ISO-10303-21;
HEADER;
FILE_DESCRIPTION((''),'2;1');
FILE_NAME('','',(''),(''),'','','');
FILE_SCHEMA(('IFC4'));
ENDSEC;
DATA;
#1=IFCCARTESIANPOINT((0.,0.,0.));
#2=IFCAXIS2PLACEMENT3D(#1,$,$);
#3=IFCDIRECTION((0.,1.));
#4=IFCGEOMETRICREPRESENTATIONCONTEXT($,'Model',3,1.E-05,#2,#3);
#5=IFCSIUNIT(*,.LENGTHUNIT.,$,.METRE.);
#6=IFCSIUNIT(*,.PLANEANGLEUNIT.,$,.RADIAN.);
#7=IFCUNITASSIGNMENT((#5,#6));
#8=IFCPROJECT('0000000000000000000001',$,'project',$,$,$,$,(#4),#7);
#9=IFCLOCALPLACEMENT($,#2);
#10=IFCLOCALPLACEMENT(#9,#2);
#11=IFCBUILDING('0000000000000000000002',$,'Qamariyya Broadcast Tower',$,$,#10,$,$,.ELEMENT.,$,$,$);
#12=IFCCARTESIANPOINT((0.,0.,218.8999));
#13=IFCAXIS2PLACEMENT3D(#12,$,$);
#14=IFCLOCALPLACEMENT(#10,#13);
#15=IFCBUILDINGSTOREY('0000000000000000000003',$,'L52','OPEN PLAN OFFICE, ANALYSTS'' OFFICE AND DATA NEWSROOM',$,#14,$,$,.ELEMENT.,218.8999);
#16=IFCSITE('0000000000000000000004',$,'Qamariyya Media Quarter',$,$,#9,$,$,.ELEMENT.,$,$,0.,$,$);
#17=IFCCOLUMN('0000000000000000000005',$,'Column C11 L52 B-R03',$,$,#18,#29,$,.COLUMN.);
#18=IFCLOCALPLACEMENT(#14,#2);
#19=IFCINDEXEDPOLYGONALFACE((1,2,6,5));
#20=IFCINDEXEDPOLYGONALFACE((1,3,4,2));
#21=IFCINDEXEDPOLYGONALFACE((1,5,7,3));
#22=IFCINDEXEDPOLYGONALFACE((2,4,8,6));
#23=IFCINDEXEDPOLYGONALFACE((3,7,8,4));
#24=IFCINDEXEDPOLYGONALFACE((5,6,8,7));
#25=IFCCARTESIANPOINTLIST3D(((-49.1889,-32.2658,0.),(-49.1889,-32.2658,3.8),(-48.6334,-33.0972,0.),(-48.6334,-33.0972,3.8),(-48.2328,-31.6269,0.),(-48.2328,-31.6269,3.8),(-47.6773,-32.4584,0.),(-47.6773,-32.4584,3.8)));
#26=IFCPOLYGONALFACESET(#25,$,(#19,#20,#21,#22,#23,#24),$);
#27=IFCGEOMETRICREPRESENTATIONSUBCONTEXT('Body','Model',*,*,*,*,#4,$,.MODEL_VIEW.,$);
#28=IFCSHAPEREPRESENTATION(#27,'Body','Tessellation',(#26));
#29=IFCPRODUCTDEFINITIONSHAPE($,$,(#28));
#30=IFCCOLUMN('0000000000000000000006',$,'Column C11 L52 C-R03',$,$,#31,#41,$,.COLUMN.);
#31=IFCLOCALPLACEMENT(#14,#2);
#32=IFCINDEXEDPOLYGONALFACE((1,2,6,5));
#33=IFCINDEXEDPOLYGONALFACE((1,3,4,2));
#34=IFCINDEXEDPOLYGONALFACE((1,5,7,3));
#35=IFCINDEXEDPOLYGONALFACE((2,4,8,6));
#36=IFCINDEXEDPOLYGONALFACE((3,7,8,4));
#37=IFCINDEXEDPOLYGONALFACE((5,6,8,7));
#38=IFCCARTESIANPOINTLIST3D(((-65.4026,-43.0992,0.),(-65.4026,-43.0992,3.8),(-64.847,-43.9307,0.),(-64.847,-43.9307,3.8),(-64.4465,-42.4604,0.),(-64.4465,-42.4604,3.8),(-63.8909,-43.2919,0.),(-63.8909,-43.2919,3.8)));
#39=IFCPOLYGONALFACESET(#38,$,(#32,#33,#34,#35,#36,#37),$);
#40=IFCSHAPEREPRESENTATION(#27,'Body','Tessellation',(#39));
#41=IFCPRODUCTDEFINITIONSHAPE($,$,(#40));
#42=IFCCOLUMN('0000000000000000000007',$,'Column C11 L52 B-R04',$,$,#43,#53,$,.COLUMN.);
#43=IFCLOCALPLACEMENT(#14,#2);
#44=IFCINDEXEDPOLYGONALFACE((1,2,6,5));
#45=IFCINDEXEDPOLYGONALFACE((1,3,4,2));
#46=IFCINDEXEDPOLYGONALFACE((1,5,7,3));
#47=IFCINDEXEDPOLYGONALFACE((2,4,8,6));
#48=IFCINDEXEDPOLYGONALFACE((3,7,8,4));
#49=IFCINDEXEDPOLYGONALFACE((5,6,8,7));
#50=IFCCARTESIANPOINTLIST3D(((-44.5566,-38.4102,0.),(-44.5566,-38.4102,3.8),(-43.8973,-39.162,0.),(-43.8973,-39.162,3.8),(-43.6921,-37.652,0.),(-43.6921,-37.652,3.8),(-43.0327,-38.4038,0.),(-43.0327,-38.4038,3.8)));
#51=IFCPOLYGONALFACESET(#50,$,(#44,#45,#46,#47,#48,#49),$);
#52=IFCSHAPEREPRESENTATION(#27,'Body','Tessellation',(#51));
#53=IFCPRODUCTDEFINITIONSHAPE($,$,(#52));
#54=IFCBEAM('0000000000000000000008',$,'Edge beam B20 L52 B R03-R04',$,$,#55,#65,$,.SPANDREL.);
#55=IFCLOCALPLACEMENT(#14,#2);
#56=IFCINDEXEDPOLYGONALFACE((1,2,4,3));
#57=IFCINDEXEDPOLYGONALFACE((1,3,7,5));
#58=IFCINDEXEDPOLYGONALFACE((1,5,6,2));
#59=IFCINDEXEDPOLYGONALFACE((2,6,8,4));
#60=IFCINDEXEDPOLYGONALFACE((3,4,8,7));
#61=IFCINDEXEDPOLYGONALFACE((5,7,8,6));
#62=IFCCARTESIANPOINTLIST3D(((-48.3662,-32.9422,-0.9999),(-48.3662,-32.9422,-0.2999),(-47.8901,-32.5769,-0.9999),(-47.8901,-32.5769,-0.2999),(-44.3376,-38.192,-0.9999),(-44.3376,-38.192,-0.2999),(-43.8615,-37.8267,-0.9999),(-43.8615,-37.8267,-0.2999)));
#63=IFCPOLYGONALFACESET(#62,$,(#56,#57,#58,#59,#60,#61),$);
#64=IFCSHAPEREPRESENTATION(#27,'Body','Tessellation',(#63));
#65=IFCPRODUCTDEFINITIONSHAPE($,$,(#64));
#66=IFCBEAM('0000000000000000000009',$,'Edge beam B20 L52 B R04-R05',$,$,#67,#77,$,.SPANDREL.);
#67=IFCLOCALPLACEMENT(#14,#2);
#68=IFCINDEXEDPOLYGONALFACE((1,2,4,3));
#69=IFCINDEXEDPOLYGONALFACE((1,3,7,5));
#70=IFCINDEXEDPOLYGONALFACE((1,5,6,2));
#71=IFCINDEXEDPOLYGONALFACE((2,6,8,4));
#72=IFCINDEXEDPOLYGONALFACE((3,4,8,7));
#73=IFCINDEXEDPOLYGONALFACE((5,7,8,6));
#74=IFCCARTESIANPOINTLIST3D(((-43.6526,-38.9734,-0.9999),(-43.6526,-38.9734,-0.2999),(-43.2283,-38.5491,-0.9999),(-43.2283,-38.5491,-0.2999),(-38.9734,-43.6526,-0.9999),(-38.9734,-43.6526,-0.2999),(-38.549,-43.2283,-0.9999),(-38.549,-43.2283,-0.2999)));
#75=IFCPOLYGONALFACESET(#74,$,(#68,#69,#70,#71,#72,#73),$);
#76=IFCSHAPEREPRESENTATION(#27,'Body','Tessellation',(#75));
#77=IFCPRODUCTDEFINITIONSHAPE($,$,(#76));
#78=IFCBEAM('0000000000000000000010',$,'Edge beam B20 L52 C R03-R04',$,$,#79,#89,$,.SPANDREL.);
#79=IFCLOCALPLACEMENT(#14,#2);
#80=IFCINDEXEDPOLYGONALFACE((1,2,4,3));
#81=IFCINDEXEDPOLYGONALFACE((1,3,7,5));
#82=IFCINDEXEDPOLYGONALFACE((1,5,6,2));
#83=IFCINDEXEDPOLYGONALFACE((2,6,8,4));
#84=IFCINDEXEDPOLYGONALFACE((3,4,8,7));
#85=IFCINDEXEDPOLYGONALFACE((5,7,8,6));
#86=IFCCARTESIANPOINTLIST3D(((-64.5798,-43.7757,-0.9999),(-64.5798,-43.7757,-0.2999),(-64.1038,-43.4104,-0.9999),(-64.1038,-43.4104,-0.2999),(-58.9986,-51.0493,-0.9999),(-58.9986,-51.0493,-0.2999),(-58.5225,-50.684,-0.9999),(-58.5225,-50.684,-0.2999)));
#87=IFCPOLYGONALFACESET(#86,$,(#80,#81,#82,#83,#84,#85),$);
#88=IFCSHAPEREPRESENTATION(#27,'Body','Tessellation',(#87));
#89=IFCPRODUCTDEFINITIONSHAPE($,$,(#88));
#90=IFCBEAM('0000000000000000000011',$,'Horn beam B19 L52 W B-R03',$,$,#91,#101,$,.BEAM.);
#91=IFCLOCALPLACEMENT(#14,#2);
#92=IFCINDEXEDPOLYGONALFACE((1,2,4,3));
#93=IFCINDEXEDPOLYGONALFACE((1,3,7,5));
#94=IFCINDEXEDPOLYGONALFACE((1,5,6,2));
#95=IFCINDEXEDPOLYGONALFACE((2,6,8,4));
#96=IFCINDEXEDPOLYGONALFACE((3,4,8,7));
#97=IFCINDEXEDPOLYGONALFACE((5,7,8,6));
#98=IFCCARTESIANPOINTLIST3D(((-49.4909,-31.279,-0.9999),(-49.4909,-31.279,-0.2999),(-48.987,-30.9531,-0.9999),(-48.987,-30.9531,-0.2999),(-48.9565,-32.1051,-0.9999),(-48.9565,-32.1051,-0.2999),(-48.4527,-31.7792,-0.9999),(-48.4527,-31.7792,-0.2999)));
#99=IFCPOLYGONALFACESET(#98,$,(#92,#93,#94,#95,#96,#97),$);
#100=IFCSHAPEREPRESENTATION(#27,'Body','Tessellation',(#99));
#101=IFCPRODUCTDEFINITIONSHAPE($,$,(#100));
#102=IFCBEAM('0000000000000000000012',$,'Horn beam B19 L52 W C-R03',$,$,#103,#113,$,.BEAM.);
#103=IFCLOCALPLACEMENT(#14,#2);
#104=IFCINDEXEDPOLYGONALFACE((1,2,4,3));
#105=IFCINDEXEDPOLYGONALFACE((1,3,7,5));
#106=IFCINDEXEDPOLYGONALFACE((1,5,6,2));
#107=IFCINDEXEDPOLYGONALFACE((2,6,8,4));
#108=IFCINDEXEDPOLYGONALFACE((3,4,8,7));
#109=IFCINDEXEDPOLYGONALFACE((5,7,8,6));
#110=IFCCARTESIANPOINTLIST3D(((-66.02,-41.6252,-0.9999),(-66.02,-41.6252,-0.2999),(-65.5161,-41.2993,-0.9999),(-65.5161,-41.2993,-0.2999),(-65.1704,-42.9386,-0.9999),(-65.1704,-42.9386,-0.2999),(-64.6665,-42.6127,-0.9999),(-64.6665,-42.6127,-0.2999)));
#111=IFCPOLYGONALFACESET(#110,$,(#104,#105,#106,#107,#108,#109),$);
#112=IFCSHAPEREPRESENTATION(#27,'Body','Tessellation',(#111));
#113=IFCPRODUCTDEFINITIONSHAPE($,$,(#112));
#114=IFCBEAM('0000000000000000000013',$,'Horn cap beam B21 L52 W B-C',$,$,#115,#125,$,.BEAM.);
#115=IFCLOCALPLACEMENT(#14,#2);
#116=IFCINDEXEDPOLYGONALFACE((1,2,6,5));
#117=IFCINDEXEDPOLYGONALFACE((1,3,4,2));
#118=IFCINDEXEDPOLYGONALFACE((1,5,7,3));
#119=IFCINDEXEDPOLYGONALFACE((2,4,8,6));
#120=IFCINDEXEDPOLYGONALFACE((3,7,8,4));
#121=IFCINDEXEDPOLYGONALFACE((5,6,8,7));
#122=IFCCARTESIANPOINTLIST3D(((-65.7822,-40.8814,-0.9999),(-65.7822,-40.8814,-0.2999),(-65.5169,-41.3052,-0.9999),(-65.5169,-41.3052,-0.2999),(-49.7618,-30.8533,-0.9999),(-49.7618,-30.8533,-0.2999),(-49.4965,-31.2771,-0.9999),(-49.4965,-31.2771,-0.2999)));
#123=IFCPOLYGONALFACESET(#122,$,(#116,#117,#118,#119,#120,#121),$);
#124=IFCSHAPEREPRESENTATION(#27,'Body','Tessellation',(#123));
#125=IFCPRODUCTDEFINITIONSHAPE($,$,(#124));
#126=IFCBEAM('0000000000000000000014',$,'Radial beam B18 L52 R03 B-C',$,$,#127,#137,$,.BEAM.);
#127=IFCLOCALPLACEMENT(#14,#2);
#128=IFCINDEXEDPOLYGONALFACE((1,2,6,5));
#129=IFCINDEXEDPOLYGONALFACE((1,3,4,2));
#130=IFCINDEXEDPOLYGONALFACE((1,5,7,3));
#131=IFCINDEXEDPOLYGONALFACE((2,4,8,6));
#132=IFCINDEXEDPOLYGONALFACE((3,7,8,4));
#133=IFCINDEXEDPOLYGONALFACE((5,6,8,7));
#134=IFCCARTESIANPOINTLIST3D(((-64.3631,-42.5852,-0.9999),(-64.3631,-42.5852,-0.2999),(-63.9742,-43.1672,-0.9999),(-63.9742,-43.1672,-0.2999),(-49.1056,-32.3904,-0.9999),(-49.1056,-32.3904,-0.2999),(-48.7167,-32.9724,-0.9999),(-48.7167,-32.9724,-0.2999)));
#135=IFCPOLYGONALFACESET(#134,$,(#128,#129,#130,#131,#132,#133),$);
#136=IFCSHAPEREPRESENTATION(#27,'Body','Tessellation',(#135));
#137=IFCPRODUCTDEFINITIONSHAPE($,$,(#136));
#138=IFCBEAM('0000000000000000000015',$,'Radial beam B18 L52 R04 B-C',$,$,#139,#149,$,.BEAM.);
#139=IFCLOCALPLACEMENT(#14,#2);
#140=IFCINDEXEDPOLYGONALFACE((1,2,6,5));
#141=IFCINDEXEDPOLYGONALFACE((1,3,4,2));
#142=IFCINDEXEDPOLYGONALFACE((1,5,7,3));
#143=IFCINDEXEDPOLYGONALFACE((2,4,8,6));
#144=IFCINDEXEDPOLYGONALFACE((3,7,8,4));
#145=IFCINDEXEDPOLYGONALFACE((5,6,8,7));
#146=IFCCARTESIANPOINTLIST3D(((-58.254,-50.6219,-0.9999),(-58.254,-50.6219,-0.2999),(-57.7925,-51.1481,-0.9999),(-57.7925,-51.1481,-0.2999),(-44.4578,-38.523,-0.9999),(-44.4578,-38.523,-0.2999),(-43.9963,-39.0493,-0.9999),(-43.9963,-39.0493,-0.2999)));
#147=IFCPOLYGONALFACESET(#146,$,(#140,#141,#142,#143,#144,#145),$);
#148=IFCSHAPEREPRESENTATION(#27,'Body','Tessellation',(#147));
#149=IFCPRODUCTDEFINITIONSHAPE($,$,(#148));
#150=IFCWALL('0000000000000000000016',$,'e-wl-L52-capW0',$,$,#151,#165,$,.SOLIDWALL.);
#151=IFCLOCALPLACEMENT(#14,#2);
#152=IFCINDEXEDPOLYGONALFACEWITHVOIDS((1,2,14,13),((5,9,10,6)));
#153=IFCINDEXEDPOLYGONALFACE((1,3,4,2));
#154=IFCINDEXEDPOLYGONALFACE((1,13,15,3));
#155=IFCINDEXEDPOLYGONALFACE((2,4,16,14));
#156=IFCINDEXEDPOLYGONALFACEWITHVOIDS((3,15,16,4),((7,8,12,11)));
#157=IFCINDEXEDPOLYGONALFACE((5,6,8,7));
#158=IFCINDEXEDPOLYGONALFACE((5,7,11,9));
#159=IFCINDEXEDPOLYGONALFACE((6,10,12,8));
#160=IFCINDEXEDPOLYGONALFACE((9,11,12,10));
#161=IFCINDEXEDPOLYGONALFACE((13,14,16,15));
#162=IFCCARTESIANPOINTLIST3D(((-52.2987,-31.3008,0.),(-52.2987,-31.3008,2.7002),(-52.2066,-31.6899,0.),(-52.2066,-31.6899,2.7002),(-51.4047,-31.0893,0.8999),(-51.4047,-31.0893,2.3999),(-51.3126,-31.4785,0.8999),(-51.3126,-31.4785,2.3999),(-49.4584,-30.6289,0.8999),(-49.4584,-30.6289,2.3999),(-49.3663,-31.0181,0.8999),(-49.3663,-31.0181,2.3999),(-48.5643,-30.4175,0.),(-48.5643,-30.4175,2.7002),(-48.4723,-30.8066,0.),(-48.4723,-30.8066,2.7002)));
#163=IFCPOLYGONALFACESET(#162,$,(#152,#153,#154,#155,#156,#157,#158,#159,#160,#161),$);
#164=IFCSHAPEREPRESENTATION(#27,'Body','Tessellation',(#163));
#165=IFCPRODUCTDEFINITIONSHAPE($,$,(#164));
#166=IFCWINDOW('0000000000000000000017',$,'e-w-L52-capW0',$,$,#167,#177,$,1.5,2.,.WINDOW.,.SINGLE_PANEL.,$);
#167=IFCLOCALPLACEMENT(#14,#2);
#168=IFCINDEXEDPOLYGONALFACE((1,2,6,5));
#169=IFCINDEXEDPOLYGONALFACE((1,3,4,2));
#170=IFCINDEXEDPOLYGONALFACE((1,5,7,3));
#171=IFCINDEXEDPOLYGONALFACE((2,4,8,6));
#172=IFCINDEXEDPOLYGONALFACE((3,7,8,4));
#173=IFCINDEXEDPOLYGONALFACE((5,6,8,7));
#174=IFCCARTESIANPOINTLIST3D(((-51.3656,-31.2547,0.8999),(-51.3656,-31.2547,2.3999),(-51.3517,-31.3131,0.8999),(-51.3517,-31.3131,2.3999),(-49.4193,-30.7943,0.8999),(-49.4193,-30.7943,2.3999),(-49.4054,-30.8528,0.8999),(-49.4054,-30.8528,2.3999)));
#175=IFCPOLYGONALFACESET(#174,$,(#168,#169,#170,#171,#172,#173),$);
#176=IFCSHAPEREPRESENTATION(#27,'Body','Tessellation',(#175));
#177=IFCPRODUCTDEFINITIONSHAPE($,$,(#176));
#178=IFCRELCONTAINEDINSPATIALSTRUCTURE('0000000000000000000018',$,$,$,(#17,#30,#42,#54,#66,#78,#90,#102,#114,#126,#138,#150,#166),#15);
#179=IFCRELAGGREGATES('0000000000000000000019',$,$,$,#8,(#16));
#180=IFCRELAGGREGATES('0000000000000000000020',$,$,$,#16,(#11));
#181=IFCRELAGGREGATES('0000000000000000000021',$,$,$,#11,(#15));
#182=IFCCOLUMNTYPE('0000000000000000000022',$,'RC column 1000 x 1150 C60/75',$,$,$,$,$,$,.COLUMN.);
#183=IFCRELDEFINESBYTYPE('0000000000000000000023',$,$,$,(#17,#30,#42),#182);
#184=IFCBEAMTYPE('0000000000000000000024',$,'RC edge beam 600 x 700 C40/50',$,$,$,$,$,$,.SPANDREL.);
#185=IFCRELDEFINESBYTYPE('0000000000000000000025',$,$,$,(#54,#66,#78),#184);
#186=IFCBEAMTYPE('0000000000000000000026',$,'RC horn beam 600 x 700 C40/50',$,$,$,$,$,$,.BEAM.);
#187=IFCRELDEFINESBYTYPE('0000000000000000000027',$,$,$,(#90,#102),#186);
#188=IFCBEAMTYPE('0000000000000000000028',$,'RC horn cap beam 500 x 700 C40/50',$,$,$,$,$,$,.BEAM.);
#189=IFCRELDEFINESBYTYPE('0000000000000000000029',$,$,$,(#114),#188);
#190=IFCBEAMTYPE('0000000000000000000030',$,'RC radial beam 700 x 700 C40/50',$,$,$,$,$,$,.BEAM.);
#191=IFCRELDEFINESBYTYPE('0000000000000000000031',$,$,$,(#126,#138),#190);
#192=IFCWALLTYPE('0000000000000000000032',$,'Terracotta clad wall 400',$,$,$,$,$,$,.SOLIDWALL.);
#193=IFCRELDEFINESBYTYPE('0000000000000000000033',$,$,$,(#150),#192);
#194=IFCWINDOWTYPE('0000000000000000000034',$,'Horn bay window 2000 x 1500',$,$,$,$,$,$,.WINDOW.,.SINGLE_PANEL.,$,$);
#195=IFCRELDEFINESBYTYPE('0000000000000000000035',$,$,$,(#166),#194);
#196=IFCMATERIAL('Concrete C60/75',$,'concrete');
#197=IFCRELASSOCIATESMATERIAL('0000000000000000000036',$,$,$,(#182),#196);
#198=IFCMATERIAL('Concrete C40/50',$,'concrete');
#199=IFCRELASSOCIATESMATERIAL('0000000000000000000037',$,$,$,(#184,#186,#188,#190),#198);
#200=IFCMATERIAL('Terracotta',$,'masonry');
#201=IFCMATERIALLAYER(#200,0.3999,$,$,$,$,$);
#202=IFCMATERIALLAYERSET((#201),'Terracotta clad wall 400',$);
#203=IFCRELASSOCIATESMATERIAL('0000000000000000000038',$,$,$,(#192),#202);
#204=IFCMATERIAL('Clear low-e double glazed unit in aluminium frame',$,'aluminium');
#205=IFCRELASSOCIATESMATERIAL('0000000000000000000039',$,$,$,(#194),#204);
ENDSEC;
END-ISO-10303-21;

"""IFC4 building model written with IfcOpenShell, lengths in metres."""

from ifc_helpers import new_model, si_unit, direction, frame, frame_2d, origin, origin_2d, place, context, subcontext, project, spatial, rectangle, extrude, material, layer, layer_set, material_profile, profile_set, type_object, element, fill, save


model = new_model("IFC4")

# Units and contexts
model_context = context("Model", 3, precision=1e-05, world=origin(), true_north=direction((0.0, 1.0)))
body_context = subcontext(model_context, "Body", "Model", "MODEL_VIEW")
ifc_project = project(units=[si_unit("LENGTHUNIT", "METRE"), si_unit("PLANEANGLEUNIT", "RADIAN")], contexts=[model_context])

# Site, building, storey
site_placement = place(None, origin())
site = spatial("IfcSite", under=ifc_project, at=site_placement, Name="Qamariyya Media Quarter", CompositionType="ELEMENT", RefElevation=0.0)
building_placement = place(site_placement, origin())
building = spatial("IfcBuilding", under=site, at=building_placement, Name="Qamariyya Broadcast Tower", CompositionType="ELEMENT")
storey_placement = place(building_placement, frame((0.0, 0.0, 218.8999)))
storey = spatial("IfcBuildingStorey", under=building, at=storey_placement, Name="L52", Description="OPEN PLAN OFFICE, ANALYSTS' OFFICE AND DATA NEWSROOM", CompositionType="ELEMENT", Elevation=218.8999)

# Columns
ifc_material_1 = material(Name="Concrete C60/75", Category="concrete")
ifc_material_profile_1 = material_profile(ifc_material_1, rectangle(XDim=1.0, YDim=1.1499, at=origin_2d()))
ifc_profile_set_1 = profile_set([ifc_material_profile_1], Name="Concrete C60/75")
column_type = type_object("IfcColumnType", Name="RC column 1000 x 1150 C60/75", PredefinedType="COLUMN", material=ifc_profile_set_1)
for number, where, z_axis, x_axis, name in (
    (1, (-48.4331, -32.3621, 0.0), (0.0, 0.0, 1.0), (0.55557, -0.83147, 0.0), "Column C11 L52 B-R03"),
    (2, (-64.6467, -43.1956, 0.0), (0.0, 0.0, 1.0), (0.55557, -0.83147, 0.0), "Column C11 L52 C-R03"),
    (3, (-43.7947, -38.407, 0.0), (0.0, 0.0, 1.0), (0.659346, -0.75184, 0.0), "Column C11 L52 B-R04"),
):
    element("IfcColumn", number, at=place(storey_placement, frame(where, z_axis=z_axis, x_axis=x_axis)), inside=storey, type_object=column_type, Name=name, PredefinedType="COLUMN", context=body_context, shape_type="SweptSolid", body=[
        extrude(rectangle(XDim=1.0, YDim=1.1499, at=origin_2d()), origin(), (0.0, 0.0, 1.0), 3.8),
    ])

# Beams
ifc_material_2 = material(Name="Concrete C40/50", Category="concrete")
ifc_material_profile_2 = material_profile(ifc_material_2, rectangle(XDim=0.6001, YDim=0.7, at=origin_2d()))
ifc_profile_set_2 = profile_set([ifc_material_profile_2], Name="Concrete C40/50")
beam_type_1 = type_object("IfcBeamType", Name="RC edge beam 600 x 700 C40/50", PredefinedType="SPANDREL", material=ifc_profile_set_2)
for number, where, z_axis, x_axis, name in (
    (4, (-48.1282, -32.7595, -0.6499), (0.608789, -0.793333, 0.0), (0.793333, 0.608789, 0.0), "Edge beam B20 L52 B R03-R04"),
    (5, (-43.4404, -38.7612, -0.6499), (0.707107, -0.707107, 0.0), (0.707107, 0.707107, 0.0), "Edge beam B20 L52 B R04-R05"),
):
    element("IfcBeam", number, at=place(storey_placement, frame(where, z_axis=z_axis, x_axis=x_axis)), inside=storey, type_object=beam_type_1, Name=name, PredefinedType="SPANDREL", context=body_context, shape_type="SweptSolid", body=[
        extrude(rectangle(XDim=0.6001, YDim=0.7, at=origin_2d()), origin(), (0.0, 0.0, 1.0), 6.6174),
    ])
beam_1_placement = place(storey_placement, frame((-64.3418, -43.593, -0.6499), z_axis=(0.608762, -0.793353, 0.0), x_axis=(0.793353, 0.608762, 0.0)))
element("IfcBeam", 6, at=beam_1_placement, inside=storey, type_object=beam_type_1, Name="Edge beam B20 L52 C R03-R04", PredefinedType="SPANDREL", context=body_context, shape_type="SweptSolid", body=[
    extrude(rectangle(XDim=0.6001, YDim=0.7, at=origin_2d()), origin(), (0.0, 0.0, 1.0), 9.1682),
])
ifc_material_profile_3 = material_profile(ifc_material_2, rectangle(XDim=0.6001, YDim=0.7, at=origin_2d()))
ifc_profile_set_3 = profile_set([ifc_material_profile_3], Name="Concrete C40/50")
beam_type_2 = type_object("IfcBeamType", Name="RC horn beam 600 x 700 C40/50", PredefinedType="BEAM", material=ifc_profile_set_3)
beam_2_placement = place(storey_placement, frame((-48.7046, -31.9421, -0.6499), z_axis=(-0.543138, 0.839643, 0.0), x_axis=(-0.839643, -0.543138, 0.0)))
element("IfcBeam", 7, at=beam_2_placement, inside=storey, type_object=beam_type_2, Name="Horn beam B19 L52 W B-R03", PredefinedType="BEAM", context=body_context, shape_type="SweptSolid", body=[
    extrude(rectangle(XDim=0.6001, YDim=0.7, at=origin_2d()), origin(), (0.0, 0.0, 1.0), 0.9839),
])
beam_3_placement = place(storey_placement, frame((-64.9185, -42.7756, -0.6499), z_axis=(-0.543122, 0.839654, 0.0), x_axis=(-0.839654, -0.543122, 0.0)))
element("IfcBeam", 8, at=beam_3_placement, inside=storey, type_object=beam_type_2, Name="Horn beam B19 L52 W C-R03", PredefinedType="BEAM", context=body_context, shape_type="SweptSolid", body=[
    extrude(rectangle(XDim=0.6001, YDim=0.7, at=origin_2d()), origin(), (0.0, 0.0, 1.0), 1.5642),
])
ifc_material_profile_4 = material_profile(ifc_material_2, rectangle(XDim=0.5, YDim=0.7, at=origin_2d()))
ifc_profile_set_4 = profile_set([ifc_material_profile_4], Name="Concrete C40/50")
beam_type_3 = type_object("IfcBeamType", Name="RC horn cap beam 500 x 700 C40/50", PredefinedType="BEAM", material=ifc_profile_set_4)
beam_4_placement = place(storey_placement, frame((-49.6292, -31.0652, -0.6499), z_axis=(-0.847632, -0.530585, 0.0), x_axis=(0.530585, -0.847632, 0.0)))
element("IfcBeam", 9, at=beam_4_placement, inside=storey, type_object=beam_type_3, Name="Horn cap beam B21 L52 W B-C", PredefinedType="BEAM", context=body_context, shape_type="SweptSolid", body=[
    extrude(rectangle(XDim=0.5, YDim=0.7, at=origin_2d()), origin(), (0.0, 0.0, 1.0), 18.9001),
])
ifc_material_profile_5 = material_profile(ifc_material_2, rectangle(XDim=0.7, YDim=0.7, at=origin_2d()))
ifc_profile_set_5 = profile_set([ifc_material_profile_5], Name="Concrete C40/50")
beam_type_4 = type_object("IfcBeamType", Name="RC radial beam 700 x 700 C40/50", PredefinedType="BEAM", material=ifc_profile_set_5)
beam_5_placement = place(storey_placement, frame((-48.9111, -32.6814, -0.6499), z_axis=(-0.831469, -0.555572, 0.0), x_axis=(0.555572, -0.831469, 0.0)))
element("IfcBeam", 10, at=beam_5_placement, inside=storey, type_object=beam_type_4, Name="Radial beam B18 L52 R03 B-C", PredefinedType="BEAM", context=body_context, shape_type="SweptSolid", body=[
    extrude(rectangle(XDim=0.7, YDim=0.7, at=origin_2d()), origin(), (0.0, 0.0, 1.0), 18.3501),
])
beam_6_placement = place(storey_placement, frame((-44.2271, -38.7861, -0.6499), z_axis=(-0.75184, -0.659345, 0.0), x_axis=(0.659345, -0.75184, 0.0)))
element("IfcBeam", 11, at=beam_6_placement, inside=storey, type_object=beam_type_4, Name="Radial beam B18 L52 R04 B-C", PredefinedType="BEAM", context=body_context, shape_type="SweptSolid", body=[
    extrude(rectangle(XDim=0.7, YDim=0.7, at=origin_2d()), origin(), (0.0, 0.0, 1.0), 18.3499),
])

# Wall, opening, window
ifc_material_3 = material(Name="Terracotta", Category="masonry")
ifc_layer = layer(ifc_material_3, 0.3999)
ifc_layer_set = layer_set([ifc_layer], Name="Terracotta clad wall 400")
wall_type = type_object("IfcWallType", Name="Terracotta clad wall 400", PredefinedType="SOLIDWALL", material=ifc_layer_set)
wall_1_placement = place(storey_placement, frame((-48.5183, -30.6121, 0.0), z_axis=(0.0, 0.0, 1.0), x_axis=(-0.973148, -0.230181, 0.0)))
wall_1 = element("IfcWall", 12, at=wall_1_placement, inside=storey, type_object=wall_type, Name="e-wl-L52-capW0", PredefinedType="SOLIDWALL", context=body_context, shape_type="SweptSolid", body=[
    extrude(rectangle(XDim=3.8374, YDim=0.3999, at=frame_2d((1.9187, 0.0))), origin(), (0.0, 0.0, 1.0), 2.7002),
])
opening_1_placement = place(wall_1_placement, frame((0.9187, 0.0, 0.8999)))
opening_1 = element("IfcOpeningElement", 13, at=opening_1_placement, cuts=wall_1, PredefinedType="OPENING", context=body_context, shape_type="SweptSolid", body=[
    extrude(rectangle(XDim=2.0, YDim=1.5, at=frame_2d((1.0, 0.75))), frame((0.0, 0.21, 0.0), z_axis=(0.0, -1.0, 0.0), x_axis=(1.0, 0.0, 0.0)), (0.0, 0.0, 1.0), 0.4199),
])
ifc_material_4 = material(Name="Clear low-e double glazed unit in aluminium frame", Category="aluminium")
window_type_1 = type_object("IfcWindowType", Name="Horn bay window 2000 x 1500", PartitioningType="SINGLE_PANEL", PredefinedType="WINDOW", material=ifc_material_4)
window_1_placement = place(opening_1_placement, origin())
window_1 = element("IfcWindow", 14, at=window_1_placement, inside=storey, type_object=window_type_1, Name="e-w-L52-capW0", OverallHeight=1.5, OverallWidth=2.0, PartitioningType="SINGLE_PANEL", PredefinedType="WINDOW", context=body_context, shape_type="SweptSolid", body=[
    extrude(rectangle(XDim=2.0, YDim=1.5, at=frame_2d((1.0, 0.75))), frame((0.0, 0.03, 0.0), z_axis=(0.0, -1.0, 0.0), x_axis=(1.0, 0.0, 0.0)), (0.0, 0.0, 1.0), 0.0601),
])
fill(opening_1, window_1)

save(model, "model.ifc")
